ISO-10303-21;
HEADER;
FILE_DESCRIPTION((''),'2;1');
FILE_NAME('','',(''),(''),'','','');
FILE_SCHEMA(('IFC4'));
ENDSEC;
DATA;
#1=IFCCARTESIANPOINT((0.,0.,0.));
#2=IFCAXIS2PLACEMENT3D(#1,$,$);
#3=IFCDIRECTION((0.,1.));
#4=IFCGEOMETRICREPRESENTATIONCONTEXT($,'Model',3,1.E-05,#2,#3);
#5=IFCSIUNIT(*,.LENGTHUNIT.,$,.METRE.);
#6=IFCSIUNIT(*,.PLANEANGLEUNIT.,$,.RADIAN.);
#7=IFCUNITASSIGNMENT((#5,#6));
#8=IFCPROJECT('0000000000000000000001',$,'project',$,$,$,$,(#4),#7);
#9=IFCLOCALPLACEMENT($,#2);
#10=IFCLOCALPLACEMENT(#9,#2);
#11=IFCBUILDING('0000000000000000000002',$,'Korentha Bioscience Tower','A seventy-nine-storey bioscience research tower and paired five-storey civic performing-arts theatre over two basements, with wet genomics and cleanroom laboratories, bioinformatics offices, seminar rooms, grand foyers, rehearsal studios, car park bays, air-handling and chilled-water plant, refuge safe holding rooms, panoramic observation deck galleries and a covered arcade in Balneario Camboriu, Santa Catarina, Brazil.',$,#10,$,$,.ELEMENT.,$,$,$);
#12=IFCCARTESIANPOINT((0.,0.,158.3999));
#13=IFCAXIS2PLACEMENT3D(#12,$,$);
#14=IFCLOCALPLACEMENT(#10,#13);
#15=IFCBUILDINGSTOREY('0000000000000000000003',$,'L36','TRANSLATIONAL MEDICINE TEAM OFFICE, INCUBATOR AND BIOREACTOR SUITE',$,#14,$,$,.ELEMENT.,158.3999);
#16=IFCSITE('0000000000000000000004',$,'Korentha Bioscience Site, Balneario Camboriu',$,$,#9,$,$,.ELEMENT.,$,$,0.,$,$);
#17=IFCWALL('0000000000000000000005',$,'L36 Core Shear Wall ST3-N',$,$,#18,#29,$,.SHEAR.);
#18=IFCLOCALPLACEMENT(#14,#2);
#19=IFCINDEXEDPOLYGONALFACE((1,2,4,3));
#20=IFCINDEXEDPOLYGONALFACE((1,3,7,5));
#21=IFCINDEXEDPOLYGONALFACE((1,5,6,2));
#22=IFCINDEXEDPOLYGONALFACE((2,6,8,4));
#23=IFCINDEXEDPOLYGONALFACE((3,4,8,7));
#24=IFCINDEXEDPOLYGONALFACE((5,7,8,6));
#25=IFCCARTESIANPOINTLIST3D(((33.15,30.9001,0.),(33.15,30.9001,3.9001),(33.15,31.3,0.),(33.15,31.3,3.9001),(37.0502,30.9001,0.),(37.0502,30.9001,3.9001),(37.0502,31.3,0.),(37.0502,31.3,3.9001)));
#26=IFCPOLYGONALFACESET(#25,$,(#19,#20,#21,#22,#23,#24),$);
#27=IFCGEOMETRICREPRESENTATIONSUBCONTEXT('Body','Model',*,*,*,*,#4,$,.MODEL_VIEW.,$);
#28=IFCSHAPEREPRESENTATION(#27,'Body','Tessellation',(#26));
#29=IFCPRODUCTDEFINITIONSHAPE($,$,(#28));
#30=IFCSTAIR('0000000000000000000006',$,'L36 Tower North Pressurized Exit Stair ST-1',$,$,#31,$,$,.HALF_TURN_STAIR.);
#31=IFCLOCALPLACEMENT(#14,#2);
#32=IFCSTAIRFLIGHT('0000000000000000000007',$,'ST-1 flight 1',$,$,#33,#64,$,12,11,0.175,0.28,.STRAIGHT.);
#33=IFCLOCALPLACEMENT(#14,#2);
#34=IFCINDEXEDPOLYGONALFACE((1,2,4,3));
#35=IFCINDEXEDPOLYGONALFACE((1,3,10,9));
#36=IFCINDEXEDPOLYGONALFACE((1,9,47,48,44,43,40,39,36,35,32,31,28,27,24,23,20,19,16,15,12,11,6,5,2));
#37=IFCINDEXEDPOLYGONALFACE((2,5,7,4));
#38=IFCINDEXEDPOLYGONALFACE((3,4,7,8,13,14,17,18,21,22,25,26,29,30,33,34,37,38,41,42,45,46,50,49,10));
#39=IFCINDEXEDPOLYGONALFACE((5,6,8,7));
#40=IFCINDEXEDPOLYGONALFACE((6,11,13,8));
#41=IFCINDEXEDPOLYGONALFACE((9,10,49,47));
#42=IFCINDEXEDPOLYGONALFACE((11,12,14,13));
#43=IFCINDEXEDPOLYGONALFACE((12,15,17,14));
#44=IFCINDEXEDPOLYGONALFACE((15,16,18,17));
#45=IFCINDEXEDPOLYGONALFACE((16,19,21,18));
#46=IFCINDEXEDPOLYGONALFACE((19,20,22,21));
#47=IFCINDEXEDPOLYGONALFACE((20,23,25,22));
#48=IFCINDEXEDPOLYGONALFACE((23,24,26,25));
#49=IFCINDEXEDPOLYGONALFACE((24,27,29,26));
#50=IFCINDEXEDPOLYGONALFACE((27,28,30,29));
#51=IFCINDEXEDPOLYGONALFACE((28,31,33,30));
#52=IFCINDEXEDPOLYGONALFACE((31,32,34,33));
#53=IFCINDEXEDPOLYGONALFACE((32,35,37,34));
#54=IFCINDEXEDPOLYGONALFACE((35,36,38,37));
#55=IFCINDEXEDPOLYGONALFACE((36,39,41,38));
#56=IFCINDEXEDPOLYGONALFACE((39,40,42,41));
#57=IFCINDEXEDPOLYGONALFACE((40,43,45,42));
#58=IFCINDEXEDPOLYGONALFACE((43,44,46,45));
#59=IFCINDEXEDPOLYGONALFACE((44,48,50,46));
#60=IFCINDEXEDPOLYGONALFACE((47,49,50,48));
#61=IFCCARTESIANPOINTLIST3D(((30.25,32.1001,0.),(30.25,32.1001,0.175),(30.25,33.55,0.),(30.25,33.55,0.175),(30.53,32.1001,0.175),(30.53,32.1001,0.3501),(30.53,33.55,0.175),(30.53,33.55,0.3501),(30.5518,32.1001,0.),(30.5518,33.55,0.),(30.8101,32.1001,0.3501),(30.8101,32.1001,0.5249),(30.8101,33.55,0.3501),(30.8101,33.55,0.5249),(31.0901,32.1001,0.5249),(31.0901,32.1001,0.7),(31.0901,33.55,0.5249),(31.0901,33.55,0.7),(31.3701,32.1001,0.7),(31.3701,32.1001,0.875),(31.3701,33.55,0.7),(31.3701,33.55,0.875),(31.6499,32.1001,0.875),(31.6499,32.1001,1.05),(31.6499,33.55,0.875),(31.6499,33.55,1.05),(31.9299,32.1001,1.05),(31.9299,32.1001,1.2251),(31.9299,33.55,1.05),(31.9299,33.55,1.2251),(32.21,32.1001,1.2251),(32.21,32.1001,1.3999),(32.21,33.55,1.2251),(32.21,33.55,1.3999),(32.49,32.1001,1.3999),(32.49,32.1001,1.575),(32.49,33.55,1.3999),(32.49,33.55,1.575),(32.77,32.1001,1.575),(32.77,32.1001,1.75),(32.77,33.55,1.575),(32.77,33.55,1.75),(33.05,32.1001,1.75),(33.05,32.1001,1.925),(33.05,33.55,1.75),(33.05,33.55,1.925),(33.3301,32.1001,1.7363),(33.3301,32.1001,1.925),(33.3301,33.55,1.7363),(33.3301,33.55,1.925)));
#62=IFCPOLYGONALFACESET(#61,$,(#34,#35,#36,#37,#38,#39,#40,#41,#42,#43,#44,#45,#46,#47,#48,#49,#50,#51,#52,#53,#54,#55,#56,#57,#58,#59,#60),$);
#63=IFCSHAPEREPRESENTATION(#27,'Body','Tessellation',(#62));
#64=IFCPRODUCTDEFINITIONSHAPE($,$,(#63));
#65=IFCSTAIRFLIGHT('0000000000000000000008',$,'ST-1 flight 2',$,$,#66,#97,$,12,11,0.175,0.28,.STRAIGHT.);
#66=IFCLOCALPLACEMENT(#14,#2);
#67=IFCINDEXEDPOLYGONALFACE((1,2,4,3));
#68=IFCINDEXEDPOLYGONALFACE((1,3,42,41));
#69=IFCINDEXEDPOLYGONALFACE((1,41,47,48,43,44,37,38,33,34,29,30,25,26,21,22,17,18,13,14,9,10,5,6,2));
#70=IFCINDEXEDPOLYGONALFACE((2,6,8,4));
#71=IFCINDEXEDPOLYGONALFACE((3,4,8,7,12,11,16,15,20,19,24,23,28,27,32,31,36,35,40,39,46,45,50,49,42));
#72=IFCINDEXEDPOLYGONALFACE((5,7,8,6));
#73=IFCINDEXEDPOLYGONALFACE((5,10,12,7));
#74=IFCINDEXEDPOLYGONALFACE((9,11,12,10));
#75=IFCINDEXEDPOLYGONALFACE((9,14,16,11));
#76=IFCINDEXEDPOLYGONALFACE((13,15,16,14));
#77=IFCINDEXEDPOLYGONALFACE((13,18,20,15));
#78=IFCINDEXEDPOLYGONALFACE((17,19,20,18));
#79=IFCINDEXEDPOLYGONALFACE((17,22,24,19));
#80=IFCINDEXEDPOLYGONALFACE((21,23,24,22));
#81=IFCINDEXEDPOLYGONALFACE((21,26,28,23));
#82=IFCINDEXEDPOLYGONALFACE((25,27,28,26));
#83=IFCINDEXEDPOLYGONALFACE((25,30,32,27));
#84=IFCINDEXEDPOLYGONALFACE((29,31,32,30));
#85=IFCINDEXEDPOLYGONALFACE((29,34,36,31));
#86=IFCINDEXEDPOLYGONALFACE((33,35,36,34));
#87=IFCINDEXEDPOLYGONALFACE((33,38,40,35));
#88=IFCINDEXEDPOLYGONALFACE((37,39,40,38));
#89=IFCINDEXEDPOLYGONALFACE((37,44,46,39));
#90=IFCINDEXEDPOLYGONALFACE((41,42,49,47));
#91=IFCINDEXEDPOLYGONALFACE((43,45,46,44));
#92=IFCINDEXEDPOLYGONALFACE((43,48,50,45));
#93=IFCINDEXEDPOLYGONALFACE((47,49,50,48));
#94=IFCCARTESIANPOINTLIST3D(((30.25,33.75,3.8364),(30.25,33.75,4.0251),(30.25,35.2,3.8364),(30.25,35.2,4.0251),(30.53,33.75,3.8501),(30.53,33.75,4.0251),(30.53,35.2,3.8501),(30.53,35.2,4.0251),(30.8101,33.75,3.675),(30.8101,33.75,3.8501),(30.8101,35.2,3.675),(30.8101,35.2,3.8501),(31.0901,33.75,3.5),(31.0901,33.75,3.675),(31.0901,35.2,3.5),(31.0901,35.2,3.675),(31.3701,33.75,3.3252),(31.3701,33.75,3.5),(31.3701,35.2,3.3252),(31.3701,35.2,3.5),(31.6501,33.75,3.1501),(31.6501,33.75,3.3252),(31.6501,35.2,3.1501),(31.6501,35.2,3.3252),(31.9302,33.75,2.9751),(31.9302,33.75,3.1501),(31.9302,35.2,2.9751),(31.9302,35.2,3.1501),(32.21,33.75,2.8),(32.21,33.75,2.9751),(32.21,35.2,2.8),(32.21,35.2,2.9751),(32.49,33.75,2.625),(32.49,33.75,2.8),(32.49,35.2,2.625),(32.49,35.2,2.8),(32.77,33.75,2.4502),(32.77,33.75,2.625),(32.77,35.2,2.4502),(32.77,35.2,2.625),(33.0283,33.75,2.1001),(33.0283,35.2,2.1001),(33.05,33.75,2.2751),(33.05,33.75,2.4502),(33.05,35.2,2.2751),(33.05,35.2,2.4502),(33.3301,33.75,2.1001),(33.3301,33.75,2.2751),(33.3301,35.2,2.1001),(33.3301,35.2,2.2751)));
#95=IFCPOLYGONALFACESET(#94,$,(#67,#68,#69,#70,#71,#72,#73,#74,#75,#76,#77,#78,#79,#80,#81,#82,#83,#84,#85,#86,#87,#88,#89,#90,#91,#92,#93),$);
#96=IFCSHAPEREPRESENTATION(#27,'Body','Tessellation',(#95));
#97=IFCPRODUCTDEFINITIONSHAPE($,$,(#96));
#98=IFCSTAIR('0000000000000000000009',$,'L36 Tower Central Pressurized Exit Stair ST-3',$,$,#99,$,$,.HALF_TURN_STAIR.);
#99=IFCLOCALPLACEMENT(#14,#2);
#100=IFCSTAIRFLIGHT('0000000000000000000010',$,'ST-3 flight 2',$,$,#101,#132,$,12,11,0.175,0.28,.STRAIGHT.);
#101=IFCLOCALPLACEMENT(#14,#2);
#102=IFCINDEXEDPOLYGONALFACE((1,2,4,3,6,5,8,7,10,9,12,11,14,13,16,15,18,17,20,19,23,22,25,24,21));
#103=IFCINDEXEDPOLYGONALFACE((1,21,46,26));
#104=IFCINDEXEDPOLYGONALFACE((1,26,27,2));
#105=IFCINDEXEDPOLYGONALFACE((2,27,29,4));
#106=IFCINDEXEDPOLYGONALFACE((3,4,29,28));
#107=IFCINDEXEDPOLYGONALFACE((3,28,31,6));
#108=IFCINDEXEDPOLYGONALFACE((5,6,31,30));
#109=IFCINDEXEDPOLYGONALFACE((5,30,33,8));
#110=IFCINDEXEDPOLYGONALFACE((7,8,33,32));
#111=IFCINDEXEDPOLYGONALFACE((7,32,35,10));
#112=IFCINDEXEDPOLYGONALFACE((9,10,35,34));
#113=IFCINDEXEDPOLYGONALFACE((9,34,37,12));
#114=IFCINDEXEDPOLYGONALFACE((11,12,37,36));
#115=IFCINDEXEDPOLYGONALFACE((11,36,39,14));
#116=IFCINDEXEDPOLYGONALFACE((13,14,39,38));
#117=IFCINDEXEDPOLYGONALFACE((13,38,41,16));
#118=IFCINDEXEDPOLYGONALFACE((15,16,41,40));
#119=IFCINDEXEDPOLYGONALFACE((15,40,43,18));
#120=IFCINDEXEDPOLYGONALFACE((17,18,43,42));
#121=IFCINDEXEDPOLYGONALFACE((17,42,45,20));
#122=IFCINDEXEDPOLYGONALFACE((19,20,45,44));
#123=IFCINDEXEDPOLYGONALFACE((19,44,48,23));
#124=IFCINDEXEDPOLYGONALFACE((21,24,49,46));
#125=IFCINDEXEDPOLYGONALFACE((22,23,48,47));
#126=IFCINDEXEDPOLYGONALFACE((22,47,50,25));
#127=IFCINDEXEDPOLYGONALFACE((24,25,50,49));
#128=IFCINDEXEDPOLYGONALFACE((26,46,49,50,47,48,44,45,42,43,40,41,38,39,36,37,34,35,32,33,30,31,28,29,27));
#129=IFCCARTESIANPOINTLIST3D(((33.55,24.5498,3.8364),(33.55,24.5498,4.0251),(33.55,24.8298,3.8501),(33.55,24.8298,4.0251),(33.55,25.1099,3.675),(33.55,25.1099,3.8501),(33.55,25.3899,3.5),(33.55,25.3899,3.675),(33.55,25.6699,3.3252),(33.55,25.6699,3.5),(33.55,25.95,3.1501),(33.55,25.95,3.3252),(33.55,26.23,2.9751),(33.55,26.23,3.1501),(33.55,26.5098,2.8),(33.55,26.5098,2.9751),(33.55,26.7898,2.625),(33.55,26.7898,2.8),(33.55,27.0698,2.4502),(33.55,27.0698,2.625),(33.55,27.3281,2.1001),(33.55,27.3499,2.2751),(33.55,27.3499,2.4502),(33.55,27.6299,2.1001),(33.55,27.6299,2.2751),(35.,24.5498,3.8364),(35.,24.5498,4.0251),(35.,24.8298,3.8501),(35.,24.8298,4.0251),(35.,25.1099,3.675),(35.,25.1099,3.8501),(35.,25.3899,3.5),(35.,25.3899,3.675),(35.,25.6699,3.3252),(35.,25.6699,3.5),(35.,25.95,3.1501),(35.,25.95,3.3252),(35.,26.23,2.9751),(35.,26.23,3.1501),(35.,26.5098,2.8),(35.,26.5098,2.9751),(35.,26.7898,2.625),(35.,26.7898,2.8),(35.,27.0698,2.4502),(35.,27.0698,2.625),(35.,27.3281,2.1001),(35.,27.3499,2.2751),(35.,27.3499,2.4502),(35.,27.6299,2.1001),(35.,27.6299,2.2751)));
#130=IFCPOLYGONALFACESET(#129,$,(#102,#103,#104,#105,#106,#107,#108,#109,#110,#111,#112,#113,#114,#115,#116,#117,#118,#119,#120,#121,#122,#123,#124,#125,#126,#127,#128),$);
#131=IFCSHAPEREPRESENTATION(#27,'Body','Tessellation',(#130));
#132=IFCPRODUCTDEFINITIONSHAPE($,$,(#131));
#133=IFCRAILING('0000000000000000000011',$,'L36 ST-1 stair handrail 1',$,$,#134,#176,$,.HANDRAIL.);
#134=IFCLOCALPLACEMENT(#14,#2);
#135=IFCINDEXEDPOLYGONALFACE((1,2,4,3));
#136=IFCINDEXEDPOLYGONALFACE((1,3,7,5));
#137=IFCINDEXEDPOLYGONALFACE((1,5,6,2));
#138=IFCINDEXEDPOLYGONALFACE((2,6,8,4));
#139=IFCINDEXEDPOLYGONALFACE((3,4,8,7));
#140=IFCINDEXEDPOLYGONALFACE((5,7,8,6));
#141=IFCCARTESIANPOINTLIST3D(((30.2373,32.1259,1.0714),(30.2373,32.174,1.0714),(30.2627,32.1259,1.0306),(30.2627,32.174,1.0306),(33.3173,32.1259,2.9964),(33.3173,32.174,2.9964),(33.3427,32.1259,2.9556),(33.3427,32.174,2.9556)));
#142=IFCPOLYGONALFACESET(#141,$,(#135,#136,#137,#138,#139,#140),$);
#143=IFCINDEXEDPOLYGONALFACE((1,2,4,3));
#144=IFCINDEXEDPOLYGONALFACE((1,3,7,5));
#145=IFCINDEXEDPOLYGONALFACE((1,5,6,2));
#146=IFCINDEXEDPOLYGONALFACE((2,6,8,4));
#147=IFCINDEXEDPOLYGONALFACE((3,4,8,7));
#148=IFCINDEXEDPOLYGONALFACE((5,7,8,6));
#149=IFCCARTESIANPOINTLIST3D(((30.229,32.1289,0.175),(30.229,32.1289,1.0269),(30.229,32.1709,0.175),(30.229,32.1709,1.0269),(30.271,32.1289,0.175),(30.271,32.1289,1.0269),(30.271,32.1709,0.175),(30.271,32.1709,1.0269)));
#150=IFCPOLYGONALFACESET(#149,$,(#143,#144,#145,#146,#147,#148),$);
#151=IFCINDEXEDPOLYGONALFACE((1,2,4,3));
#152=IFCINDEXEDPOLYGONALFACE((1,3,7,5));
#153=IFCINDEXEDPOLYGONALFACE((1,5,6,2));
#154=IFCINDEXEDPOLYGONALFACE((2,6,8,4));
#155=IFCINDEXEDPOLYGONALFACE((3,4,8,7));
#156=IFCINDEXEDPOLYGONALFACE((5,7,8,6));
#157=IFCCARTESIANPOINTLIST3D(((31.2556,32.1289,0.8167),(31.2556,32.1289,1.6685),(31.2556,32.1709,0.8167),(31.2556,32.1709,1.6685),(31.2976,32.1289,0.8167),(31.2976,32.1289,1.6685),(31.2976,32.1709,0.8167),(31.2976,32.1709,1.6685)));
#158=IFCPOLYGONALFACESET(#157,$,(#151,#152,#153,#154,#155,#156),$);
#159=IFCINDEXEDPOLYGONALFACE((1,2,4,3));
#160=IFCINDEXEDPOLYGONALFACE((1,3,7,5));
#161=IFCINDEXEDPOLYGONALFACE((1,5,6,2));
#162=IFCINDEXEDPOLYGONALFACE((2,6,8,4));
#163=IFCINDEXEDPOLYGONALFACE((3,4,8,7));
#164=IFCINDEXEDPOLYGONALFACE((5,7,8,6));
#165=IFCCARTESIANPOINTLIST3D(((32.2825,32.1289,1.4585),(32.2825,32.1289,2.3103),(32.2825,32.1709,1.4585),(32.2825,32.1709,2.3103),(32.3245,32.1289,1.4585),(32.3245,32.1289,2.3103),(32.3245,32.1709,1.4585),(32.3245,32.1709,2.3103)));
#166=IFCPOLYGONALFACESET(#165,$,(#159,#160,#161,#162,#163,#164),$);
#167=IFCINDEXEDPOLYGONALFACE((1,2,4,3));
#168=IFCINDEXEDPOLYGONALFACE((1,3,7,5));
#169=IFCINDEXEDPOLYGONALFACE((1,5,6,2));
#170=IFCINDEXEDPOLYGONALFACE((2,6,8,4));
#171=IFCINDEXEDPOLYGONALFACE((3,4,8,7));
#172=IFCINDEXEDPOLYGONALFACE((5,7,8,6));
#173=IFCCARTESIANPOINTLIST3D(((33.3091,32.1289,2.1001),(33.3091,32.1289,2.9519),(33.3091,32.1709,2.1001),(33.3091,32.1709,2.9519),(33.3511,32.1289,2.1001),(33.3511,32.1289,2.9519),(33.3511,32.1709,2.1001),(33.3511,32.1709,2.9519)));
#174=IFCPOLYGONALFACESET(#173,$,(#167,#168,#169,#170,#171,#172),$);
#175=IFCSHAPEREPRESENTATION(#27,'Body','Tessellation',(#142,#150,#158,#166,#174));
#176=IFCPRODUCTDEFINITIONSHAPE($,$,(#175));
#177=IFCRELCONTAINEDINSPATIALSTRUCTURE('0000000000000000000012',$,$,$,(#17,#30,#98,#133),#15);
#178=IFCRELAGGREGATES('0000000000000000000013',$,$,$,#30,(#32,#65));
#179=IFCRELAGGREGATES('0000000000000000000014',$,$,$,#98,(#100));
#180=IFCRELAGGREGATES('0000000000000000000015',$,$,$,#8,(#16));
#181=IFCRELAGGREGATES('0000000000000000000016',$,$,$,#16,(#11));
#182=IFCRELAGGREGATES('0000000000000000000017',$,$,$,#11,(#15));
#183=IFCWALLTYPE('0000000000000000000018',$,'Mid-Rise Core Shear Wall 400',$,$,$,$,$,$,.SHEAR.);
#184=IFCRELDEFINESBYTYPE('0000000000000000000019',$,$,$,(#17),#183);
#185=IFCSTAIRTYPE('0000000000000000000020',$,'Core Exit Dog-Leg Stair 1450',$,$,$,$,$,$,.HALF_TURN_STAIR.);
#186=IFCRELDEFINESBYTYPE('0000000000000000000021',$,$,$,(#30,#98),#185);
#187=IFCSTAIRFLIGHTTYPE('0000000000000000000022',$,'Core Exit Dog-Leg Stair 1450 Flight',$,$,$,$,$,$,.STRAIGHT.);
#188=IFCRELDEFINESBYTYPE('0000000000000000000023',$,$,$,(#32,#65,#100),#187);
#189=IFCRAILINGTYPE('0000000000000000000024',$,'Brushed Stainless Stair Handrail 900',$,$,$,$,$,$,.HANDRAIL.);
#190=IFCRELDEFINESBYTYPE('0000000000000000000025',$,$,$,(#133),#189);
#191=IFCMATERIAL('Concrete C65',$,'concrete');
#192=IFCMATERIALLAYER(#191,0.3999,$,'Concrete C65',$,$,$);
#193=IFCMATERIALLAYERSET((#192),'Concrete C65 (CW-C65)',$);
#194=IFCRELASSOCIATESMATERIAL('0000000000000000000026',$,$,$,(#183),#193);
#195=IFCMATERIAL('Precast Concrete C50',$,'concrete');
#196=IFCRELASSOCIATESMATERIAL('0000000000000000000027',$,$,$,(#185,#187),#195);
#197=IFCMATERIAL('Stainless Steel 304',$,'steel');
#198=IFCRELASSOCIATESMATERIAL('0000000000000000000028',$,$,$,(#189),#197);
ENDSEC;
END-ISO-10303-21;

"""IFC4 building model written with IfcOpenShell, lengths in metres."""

from ifc_helpers import new_model, si_unit, direction, frame, frame_2d, origin, origin_2d, place, context, subcontext, project, spatial, polyline, rectangle, outline, extrude, material, layer, layer_set, type_object, element, aggregate, save


model = new_model("IFC4")

# Units and contexts
model_context = context("Model", 3, precision=1e-05, world=origin(), true_north=direction((0.0, 1.0)))
body_context = subcontext(model_context, "Body", "Model", "MODEL_VIEW")
ifc_project = project(units=[si_unit("LENGTHUNIT", "METRE"), si_unit("PLANEANGLEUNIT", "RADIAN")], contexts=[model_context])

# Site, building, storey
site_placement = place(None, origin())
site = spatial("IfcSite", under=ifc_project, at=site_placement, Name="Korentha Bioscience Site, Balneario Camboriu", CompositionType="ELEMENT", RefElevation=0.0)
building_placement = place(site_placement, origin())
building = spatial("IfcBuilding", under=site, at=building_placement, Name="Korentha Bioscience Tower", Description="A seventy-nine-storey bioscience research tower and paired five-storey civic performing-arts theatre over two basements, with wet genomics and cleanroom laboratories, bioinformatics offices, seminar rooms, grand foyers, rehearsal studios, car park bays, air-handling and chilled-water plant, refuge safe holding rooms, panoramic observation deck galleries and a covered arcade in Balneario Camboriu, Santa Catarina, Brazil.", CompositionType="ELEMENT")
storey_placement = place(building_placement, frame((0.0, 0.0, 158.3999)))
storey = spatial("IfcBuildingStorey", under=building, at=storey_placement, Name="L36", Description="TRANSLATIONAL MEDICINE TEAM OFFICE, INCUBATOR AND BIOREACTOR SUITE", CompositionType="ELEMENT", Elevation=158.3999)

# Shared definitions
ifc_material_1 = material(Name="Concrete C65", Category="concrete")

# Wall
ifc_layer_1 = layer(ifc_material_1, 0.3999, Name="Concrete C65")
ifc_layer_set_1 = layer_set([ifc_layer_1], Name="Concrete C65 (CW-C65)")
wall_type_1 = type_object("IfcWallType", Name="Mid-Rise Core Shear Wall 400", PredefinedType="SHEAR", material=ifc_layer_set_1)
wall_1_placement = place(storey_placement, frame((33.1499, 31.1001, 0.0), z_axis=(0.0, 0.0, 1.0), x_axis=(1.0, 0.0, 0.0)))
element("IfcWall", 1, at=wall_1_placement, inside=storey, type_object=wall_type_1, Name="L36 Core Shear Wall ST3-N", PredefinedType="SHEAR", context=body_context, shape_type="SweptSolid", body=[
    extrude(rectangle(XDim=3.9001, YDim=0.3999, at=frame_2d((1.9502, 0.0))), origin(), (0.0, 0.0, 1.0), 3.9001),
])

# Stair, stair flights
ifc_material_2 = material(Name="Precast Concrete C50", Category="concrete")
stair_type = type_object("IfcStairType", Name="Core Exit Dog-Leg Stair 1450", PredefinedType="HALF_TURN_STAIR", material=ifc_material_2)
stair_1_placement = place(storey_placement, origin())
stair_1 = element("IfcStair", 2, at=stair_1_placement, inside=storey, type_object=stair_type, Name="L36 Tower North Pressurized Exit Stair ST-1", PredefinedType="HALF_TURN_STAIR")
stair_flight_type = type_object("IfcStairFlightType", Name="Core Exit Dog-Leg Stair 1450 Flight", PredefinedType="STRAIGHT", material=ifc_material_2)
stair_flight_1_placement = place(storey_placement, frame((30.25, 32.825, 0.0), z_axis=(0.0, 0.0, 1.0), x_axis=(1.0, 0.0, 0.0)))
stair_flight_1 = element("IfcStairFlight", 3, at=stair_flight_1_placement, type_object=stair_flight_type, Name="ST-1 flight 1", NumberOfRisers=12, NumberOfTreads=11, PredefinedType="STRAIGHT", RiserHeight=0.175, TreadLength=0.28, context=body_context, shape_type="SweptSolid", body=[
    extrude(outline(polyline([(0.0, 0.0), (0.0, 0.175), (0.28, 0.175), (0.28, 0.3501), (0.5601, 0.3501), (0.5601, 0.5249), (0.8401, 0.5249), (0.8401, 0.7), (1.1201, 0.7), (1.1201, 0.875), (1.3999, 0.875), (1.3999, 1.05), (1.6799, 1.05), (1.6799, 1.2251), (1.96, 1.2251), (1.96, 1.3999), (2.24, 1.3999), (2.24, 1.575), (2.52, 1.575), (2.52, 1.75), (2.8, 1.75), (2.8, 1.925), (3.0801, 1.925), (3.0801, 2.1001), (3.0801, 1.7363), (0.3018, 0.0), (0.0, 0.0)])), frame((0.0, 0.7251, 0.0), z_axis=(0.0, -1.0, 0.0), x_axis=(1.0, 0.0, 0.0)), (0.0, 0.0, 1.0), 1.45),
])
stair_flight_2_placement = place(storey_placement, frame((33.3301, 34.4751, 2.1001), z_axis=(0.0, 0.0, 1.0), x_axis=(-1.0, 0.0, 0.0)))
stair_flight_2 = element("IfcStairFlight", 4, at=stair_flight_2_placement, type_object=stair_flight_type, Name="ST-1 flight 2", NumberOfRisers=12, NumberOfTreads=11, PredefinedType="STRAIGHT", RiserHeight=0.175, TreadLength=0.28, context=body_context, shape_type="SweptSolid", body=[
    extrude(outline(polyline([(0.0, 0.0), (0.0, 0.175), (0.28, 0.175), (0.28, 0.3501), (0.5601, 0.3501), (0.5601, 0.5249), (0.8401, 0.5249), (0.8401, 0.7), (1.1201, 0.7), (1.1201, 0.875), (1.3999, 0.875), (1.3999, 1.05), (1.6799, 1.05), (1.6799, 1.2251), (1.96, 1.2251), (1.96, 1.3999), (2.24, 1.3999), (2.24, 1.575), (2.52, 1.575), (2.52, 1.75), (2.8, 1.75), (2.8, 1.925), (3.0801, 1.925), (3.0801, 2.1001), (3.0801, 1.7363), (0.3018, 0.0), (0.0, 0.0)])), frame((0.0, 0.7251, 0.0), z_axis=(0.0, -1.0, 0.0), x_axis=(1.0, 0.0, 0.0)), (0.0, 0.0, 1.0), 1.45),
])
aggregate(stair_1, [stair_flight_1, stair_flight_2])

# Stair, stair flight
stair_2_placement = place(storey_placement, origin())
stair_2 = element("IfcStair", 5, at=stair_2_placement, inside=storey, type_object=stair_type, Name="L36 Tower Central Pressurized Exit Stair ST-3", PredefinedType="HALF_TURN_STAIR")
stair_flight_3_placement = place(storey_placement, frame((34.2749, 27.6299, 2.1001), z_axis=(0.0, 0.0, 1.0), x_axis=(0.0, -1.0, 0.0)))
stair_flight_3 = element("IfcStairFlight", 6, at=stair_flight_3_placement, type_object=stair_flight_type, Name="ST-3 flight 2", NumberOfRisers=12, NumberOfTreads=11, PredefinedType="STRAIGHT", RiserHeight=0.175, TreadLength=0.28, context=body_context, shape_type="SweptSolid", body=[
    extrude(outline(polyline([(0.0, 0.0), (0.0, 0.175), (0.28, 0.175), (0.28, 0.3501), (0.5601, 0.3501), (0.5601, 0.5249), (0.8401, 0.5249), (0.8401, 0.7), (1.1201, 0.7), (1.1201, 0.875), (1.3999, 0.875), (1.3999, 1.05), (1.6799, 1.05), (1.6799, 1.2251), (1.96, 1.2251), (1.96, 1.3999), (2.24, 1.3999), (2.24, 1.575), (2.52, 1.575), (2.52, 1.75), (2.8, 1.75), (2.8, 1.925), (3.0801, 1.925), (3.0801, 2.1001), (3.0801, 1.7363), (0.3018, 0.0), (0.0, 0.0)])), frame((0.0, 0.7251, 0.0), z_axis=(0.0, -1.0, 0.0), x_axis=(1.0, 0.0, 0.0)), (0.0, 0.0, 1.0), 1.45),
])
aggregate(stair_2, [stair_flight_3])

# Railing
ifc_material_3 = material(Name="Stainless Steel 304", Category="steel")
railing_type_1 = type_object("IfcRailingType", Name="Brushed Stainless Stair Handrail 900", PredefinedType="HANDRAIL", material=ifc_material_3)
railing_1_placement = place(storey_placement, frame((30.25, 32.1499, 0.175)))
element("IfcRailing", 7, at=railing_1_placement, inside=storey, type_object=railing_type_1, Name="L36 ST-1 stair handrail 1", PredefinedType="HANDRAIL", context=body_context, shape_type="SweptSolid", body=[
    extrude(rectangle(XDim=0.0481, YDim=0.0481, at=origin_2d()), frame((0.0, 0.0, 0.876), z_axis=(0.847998, 0.0, 0.529999), x_axis=(0.0, 1.0, 0.0)), (0.0, 0.0, 1.0), 3.6321),
    extrude(rectangle(XDim=0.042, YDim=0.042, at=origin_2d()), origin(), (0.0, 0.0, 1.0), 0.8518),
    extrude(rectangle(XDim=0.042, YDim=0.042, at=origin_2d()), frame((1.0266, 0.0, 0.6416)), (0.0, 0.0, 1.0), 0.8518),
    extrude(rectangle(XDim=0.042, YDim=0.042, at=origin_2d()), frame((2.0535, 0.0, 1.2834)), (0.0, 0.0, 1.0), 0.8518),
    extrude(rectangle(XDim=0.042, YDim=0.042, at=origin_2d()), frame((3.0801, 0.0, 1.925)), (0.0, 0.0, 1.0), 0.8518),
])

save(model, "model.ifc")
